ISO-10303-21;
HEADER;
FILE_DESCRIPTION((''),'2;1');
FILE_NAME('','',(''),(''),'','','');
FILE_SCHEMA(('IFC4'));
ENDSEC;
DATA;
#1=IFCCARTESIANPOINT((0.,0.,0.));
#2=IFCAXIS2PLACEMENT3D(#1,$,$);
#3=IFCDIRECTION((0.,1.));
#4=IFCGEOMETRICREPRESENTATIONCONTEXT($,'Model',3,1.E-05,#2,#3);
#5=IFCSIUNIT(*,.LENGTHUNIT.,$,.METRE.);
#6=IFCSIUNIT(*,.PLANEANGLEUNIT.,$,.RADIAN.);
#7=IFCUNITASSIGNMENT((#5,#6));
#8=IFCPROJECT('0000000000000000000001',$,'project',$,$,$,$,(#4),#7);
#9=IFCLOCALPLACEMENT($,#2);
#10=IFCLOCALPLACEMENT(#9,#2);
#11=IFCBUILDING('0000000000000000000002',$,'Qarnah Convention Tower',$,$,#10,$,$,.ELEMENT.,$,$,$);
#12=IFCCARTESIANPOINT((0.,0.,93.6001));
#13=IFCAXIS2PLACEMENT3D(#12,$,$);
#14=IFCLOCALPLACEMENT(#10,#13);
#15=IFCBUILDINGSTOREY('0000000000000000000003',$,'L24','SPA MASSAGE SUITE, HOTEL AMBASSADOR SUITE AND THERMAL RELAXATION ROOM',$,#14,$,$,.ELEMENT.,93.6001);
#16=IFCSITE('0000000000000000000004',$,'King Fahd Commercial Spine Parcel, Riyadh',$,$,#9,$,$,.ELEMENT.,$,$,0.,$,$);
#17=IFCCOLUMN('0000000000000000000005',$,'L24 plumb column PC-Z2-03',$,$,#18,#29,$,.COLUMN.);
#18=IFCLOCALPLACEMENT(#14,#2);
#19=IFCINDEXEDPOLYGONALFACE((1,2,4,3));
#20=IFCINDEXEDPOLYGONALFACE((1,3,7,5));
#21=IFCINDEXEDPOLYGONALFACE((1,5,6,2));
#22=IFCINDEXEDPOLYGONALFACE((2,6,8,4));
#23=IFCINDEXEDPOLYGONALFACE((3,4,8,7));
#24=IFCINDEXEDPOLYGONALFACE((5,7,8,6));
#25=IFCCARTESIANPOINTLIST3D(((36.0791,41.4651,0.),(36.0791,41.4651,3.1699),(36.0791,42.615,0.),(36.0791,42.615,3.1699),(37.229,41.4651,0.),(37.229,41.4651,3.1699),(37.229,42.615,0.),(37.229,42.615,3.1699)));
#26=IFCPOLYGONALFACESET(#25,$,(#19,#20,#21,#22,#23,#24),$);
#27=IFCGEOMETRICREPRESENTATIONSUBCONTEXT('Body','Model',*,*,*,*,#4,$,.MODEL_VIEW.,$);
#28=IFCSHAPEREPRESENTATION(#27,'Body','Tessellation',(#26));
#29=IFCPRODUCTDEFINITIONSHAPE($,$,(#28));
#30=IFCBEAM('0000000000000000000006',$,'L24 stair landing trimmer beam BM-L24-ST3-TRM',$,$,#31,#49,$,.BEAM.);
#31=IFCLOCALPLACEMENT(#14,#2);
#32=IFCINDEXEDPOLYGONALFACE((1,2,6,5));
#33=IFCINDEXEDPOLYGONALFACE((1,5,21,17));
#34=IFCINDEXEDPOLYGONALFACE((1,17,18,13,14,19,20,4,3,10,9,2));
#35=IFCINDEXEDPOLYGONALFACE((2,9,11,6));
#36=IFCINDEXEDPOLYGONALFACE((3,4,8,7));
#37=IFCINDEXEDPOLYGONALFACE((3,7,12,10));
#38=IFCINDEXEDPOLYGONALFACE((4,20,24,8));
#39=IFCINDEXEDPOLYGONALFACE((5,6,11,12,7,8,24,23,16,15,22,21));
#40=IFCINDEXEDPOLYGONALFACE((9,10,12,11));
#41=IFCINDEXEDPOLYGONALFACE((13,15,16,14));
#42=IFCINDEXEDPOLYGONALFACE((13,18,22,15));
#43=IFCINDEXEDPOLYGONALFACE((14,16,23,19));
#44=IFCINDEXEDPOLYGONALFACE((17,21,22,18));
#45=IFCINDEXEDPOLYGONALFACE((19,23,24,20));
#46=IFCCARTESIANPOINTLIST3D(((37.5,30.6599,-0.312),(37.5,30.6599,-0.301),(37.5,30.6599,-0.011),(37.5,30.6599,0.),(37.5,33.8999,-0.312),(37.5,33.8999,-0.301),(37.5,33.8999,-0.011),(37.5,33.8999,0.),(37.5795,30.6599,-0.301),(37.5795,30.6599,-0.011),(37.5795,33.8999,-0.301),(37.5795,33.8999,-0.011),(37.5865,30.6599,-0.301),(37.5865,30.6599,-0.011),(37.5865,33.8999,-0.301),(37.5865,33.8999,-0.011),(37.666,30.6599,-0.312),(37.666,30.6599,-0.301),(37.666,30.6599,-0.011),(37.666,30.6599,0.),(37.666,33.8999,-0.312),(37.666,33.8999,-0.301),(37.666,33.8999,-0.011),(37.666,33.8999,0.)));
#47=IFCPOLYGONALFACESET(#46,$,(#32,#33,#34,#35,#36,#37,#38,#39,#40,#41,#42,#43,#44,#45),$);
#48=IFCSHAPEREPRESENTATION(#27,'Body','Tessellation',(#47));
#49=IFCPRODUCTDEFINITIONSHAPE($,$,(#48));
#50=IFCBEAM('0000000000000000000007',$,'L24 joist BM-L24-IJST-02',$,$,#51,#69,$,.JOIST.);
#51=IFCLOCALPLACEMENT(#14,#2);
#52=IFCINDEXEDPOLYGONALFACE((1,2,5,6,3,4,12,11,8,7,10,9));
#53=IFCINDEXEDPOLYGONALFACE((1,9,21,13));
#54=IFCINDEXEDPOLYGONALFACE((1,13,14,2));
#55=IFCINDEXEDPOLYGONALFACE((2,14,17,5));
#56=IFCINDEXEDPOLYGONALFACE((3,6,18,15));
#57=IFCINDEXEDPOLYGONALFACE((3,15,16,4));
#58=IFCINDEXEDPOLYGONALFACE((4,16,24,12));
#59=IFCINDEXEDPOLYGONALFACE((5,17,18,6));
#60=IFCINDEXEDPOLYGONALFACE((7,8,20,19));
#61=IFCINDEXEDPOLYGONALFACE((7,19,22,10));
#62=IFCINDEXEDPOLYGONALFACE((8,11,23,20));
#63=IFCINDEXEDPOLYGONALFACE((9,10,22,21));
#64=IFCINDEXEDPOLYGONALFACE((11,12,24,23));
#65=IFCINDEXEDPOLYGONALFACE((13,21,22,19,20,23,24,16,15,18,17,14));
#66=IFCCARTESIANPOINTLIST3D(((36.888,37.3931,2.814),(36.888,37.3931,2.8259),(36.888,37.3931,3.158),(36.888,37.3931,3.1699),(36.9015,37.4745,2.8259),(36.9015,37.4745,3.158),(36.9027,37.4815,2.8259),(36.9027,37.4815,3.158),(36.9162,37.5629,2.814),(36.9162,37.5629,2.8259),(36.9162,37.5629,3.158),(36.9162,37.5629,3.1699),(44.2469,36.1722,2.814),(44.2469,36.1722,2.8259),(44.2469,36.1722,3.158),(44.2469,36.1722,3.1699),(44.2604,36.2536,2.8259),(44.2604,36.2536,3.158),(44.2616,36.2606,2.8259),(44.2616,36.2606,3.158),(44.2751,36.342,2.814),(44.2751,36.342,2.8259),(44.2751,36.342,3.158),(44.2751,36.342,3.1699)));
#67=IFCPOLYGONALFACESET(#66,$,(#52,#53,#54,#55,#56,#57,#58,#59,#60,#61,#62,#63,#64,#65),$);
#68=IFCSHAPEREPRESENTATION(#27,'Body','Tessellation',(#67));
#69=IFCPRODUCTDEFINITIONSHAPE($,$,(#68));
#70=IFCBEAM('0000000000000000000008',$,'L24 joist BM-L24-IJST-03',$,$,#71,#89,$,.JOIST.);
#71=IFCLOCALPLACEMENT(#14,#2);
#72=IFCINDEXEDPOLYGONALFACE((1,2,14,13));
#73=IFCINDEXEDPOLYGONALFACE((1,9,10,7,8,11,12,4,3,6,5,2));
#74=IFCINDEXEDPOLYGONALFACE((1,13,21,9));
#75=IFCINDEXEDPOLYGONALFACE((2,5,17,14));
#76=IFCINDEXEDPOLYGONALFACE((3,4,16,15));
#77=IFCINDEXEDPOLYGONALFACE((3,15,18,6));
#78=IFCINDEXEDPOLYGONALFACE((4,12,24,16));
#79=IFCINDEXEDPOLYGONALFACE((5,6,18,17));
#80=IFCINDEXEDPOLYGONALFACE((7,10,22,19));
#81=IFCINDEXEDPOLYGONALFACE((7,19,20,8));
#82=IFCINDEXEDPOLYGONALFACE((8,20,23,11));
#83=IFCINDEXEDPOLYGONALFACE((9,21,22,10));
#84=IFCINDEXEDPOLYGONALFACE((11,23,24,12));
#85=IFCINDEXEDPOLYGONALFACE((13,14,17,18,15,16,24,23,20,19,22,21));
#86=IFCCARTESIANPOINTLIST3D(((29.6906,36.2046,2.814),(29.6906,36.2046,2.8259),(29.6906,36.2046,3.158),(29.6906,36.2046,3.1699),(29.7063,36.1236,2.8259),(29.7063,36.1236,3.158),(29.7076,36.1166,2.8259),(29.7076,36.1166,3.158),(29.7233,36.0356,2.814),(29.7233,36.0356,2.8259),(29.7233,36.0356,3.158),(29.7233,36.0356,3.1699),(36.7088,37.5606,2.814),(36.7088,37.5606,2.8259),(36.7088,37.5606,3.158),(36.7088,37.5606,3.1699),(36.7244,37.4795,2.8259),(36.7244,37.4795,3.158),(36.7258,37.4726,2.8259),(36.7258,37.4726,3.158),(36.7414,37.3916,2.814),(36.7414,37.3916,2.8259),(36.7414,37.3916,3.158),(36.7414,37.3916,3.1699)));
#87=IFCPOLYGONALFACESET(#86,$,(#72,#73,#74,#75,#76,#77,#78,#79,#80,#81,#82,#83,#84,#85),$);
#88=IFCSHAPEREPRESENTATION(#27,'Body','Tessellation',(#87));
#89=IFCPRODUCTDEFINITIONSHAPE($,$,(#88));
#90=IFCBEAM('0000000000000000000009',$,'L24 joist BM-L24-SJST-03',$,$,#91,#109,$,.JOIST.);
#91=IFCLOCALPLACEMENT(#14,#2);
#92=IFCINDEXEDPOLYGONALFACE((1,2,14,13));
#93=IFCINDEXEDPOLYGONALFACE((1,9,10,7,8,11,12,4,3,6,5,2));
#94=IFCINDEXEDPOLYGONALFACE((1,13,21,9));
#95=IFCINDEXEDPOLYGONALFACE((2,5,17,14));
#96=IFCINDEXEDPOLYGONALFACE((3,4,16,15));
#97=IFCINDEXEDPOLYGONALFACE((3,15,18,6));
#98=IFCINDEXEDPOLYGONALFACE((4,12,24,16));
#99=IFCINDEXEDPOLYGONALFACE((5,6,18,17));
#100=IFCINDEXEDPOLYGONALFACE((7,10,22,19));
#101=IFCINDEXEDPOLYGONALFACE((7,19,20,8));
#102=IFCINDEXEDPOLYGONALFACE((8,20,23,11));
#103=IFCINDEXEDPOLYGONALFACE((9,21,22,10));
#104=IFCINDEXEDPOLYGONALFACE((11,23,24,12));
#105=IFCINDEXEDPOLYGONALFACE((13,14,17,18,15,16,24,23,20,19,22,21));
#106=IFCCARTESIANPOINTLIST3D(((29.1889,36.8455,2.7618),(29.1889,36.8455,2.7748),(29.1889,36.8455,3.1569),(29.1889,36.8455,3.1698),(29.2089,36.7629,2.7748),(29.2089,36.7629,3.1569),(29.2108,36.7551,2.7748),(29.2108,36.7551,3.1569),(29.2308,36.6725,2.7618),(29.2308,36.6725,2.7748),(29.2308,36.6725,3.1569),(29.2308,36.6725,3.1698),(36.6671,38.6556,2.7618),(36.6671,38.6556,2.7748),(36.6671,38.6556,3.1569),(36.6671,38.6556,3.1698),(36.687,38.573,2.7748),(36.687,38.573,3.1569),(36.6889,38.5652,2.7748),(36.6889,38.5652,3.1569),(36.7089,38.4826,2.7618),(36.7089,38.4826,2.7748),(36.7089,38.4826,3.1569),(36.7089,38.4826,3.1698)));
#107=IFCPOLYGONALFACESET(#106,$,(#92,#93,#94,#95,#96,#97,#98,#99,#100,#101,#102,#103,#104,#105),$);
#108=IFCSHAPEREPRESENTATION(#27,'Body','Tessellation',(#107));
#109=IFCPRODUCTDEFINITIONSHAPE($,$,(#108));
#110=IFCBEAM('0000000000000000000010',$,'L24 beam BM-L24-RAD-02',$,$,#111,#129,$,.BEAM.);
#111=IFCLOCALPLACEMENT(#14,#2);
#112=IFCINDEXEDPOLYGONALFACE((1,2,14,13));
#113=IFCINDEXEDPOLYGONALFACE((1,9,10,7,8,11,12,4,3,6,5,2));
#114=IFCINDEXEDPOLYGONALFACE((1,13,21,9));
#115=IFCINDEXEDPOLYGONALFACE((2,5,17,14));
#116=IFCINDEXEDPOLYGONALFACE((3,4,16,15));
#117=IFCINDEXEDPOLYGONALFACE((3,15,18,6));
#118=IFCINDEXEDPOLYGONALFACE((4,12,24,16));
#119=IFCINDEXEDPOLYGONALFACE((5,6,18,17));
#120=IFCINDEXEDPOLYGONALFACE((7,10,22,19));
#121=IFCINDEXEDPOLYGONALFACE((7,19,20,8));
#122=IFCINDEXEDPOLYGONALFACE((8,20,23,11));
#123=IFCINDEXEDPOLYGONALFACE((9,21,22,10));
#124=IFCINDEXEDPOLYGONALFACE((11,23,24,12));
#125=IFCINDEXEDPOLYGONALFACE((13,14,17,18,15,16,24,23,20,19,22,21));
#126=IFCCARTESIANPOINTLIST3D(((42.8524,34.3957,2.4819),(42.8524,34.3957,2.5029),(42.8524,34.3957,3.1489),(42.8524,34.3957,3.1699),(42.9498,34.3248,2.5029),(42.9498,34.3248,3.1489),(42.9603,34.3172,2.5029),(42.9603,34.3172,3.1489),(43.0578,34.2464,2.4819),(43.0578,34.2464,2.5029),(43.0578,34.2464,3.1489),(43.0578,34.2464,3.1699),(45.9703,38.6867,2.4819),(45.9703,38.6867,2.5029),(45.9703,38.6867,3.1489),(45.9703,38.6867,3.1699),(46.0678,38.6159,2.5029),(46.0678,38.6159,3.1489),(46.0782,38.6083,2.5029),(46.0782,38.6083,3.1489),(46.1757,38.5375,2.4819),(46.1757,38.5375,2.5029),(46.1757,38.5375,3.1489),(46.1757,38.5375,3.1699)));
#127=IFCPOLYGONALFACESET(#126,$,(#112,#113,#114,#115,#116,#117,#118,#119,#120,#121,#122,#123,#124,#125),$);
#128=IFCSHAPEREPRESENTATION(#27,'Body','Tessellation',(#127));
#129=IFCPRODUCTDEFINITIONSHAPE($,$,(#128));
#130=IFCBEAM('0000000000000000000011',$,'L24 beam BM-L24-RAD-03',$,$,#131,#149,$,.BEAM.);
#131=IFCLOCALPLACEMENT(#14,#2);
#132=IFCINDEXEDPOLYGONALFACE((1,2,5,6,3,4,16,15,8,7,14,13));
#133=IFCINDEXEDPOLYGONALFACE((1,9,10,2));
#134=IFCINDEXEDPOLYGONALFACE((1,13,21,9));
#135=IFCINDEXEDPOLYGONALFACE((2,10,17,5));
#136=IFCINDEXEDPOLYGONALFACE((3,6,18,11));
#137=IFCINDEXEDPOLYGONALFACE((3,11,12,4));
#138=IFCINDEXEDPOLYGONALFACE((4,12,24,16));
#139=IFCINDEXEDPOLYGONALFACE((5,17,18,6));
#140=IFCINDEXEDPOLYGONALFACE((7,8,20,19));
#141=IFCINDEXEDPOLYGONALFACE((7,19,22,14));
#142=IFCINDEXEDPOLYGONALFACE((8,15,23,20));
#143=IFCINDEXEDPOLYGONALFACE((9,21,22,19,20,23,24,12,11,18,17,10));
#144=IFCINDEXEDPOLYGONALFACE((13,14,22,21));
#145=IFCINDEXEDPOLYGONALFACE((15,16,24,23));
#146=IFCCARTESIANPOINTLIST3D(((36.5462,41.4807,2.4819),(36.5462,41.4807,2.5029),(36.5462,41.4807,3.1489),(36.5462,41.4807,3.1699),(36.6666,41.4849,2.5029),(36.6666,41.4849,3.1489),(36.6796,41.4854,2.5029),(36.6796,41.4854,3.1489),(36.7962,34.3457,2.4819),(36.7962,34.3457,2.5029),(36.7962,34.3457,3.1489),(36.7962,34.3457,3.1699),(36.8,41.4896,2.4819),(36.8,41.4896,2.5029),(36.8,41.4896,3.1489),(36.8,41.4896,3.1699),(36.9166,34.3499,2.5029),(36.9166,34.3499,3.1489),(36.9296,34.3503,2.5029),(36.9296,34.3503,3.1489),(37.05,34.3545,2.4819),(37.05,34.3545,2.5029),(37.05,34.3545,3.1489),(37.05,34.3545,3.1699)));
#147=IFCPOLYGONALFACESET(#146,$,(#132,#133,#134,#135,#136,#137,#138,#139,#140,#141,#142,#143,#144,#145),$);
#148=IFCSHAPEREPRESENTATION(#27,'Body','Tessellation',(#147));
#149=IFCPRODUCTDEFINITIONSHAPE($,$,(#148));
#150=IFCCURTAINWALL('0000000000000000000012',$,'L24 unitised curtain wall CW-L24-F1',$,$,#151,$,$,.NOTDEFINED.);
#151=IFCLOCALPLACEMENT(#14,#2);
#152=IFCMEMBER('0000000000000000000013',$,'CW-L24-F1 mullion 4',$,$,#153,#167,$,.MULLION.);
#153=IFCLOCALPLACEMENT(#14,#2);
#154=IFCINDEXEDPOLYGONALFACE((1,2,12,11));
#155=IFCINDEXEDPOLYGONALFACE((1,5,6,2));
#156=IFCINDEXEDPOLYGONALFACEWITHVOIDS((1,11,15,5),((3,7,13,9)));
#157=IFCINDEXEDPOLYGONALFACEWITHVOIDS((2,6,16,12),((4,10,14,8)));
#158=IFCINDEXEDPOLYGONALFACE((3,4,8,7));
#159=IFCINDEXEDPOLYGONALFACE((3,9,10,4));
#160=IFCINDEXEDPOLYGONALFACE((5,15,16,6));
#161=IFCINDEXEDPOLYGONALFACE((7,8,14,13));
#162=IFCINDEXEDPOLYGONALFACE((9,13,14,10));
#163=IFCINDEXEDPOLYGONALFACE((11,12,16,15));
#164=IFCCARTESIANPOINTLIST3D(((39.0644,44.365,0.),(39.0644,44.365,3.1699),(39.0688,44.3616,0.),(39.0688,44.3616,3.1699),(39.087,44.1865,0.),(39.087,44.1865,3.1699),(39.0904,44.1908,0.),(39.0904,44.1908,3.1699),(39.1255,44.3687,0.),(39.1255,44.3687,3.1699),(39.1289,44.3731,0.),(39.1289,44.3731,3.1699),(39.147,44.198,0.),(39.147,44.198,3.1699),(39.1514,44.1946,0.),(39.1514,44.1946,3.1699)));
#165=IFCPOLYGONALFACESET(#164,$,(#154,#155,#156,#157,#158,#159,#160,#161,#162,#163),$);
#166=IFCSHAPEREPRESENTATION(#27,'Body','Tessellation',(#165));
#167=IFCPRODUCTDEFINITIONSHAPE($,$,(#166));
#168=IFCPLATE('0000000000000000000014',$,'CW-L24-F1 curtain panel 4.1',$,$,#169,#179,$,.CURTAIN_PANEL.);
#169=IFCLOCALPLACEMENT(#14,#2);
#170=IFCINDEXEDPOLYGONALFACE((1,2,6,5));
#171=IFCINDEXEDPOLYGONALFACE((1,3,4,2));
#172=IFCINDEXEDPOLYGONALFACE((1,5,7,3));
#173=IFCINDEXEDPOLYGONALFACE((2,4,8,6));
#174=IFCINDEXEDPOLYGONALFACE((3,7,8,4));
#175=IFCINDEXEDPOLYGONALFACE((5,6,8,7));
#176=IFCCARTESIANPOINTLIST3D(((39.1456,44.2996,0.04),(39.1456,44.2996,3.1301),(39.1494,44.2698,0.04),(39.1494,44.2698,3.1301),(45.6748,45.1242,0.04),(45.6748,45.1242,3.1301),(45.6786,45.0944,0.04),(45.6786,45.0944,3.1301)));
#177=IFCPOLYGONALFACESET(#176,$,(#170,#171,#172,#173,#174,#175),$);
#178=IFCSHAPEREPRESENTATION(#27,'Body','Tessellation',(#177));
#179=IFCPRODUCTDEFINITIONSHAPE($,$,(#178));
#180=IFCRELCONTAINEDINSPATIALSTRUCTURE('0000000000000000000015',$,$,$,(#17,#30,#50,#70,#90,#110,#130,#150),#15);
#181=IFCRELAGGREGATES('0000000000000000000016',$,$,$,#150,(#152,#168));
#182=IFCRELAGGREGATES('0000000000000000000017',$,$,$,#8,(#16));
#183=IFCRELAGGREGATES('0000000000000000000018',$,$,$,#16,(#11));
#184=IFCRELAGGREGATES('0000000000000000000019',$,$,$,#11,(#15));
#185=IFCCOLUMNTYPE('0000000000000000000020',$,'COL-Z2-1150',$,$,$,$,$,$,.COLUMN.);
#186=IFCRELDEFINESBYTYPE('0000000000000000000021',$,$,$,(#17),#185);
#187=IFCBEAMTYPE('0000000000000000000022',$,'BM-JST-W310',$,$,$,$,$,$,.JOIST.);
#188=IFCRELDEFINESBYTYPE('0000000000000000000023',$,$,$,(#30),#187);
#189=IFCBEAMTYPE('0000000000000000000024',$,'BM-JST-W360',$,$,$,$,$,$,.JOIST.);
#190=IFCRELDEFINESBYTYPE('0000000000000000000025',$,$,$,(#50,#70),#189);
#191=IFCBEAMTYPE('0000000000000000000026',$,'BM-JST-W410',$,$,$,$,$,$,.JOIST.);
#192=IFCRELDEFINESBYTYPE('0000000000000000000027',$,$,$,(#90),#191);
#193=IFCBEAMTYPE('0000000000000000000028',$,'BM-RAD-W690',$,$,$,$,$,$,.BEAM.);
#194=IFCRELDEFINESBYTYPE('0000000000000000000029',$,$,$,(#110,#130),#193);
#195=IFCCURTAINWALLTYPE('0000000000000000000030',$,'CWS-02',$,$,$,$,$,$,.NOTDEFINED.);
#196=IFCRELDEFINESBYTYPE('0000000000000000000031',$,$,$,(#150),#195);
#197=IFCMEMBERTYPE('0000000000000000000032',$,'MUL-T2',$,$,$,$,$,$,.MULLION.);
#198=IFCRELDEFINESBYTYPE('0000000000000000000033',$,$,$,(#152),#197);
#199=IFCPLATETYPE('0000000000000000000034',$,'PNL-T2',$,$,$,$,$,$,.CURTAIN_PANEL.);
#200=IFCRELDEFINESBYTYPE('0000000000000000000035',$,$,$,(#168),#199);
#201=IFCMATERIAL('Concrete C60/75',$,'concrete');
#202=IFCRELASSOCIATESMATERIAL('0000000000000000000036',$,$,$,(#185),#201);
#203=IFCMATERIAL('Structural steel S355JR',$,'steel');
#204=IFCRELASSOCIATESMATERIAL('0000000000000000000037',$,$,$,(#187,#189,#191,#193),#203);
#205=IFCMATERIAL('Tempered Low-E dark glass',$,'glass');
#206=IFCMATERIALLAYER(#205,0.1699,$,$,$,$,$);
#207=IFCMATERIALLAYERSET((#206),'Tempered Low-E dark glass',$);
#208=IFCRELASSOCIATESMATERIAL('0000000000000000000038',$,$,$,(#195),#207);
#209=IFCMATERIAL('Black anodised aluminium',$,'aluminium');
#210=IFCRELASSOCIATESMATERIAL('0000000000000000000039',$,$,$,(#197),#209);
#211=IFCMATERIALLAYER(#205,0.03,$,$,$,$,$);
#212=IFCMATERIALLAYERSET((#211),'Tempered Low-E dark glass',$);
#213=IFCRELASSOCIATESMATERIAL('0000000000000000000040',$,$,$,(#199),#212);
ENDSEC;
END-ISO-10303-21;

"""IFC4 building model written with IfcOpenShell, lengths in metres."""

from ifc_helpers import new_model, si_unit, direction, frame, origin, origin_2d, place, context, subcontext, project, spatial, rectangle, hollow_rectangle, i_section, extrude, material, layer, layer_set, material_profile, profile_set, type_object, element, aggregate, save


model = new_model("IFC4")

# Units and contexts
model_context = context("Model", 3, precision=1e-05, world=origin(), true_north=direction((0.0, 1.0)))
body_context = subcontext(model_context, "Body", "Model", "MODEL_VIEW")
ifc_project = project(units=[si_unit("LENGTHUNIT", "METRE"), si_unit("PLANEANGLEUNIT", "RADIAN")], contexts=[model_context])

# Site, building, storey
site_placement = place(None, origin())
site = spatial("IfcSite", under=ifc_project, at=site_placement, Name="King Fahd Commercial Spine Parcel, Riyadh", CompositionType="ELEMENT", RefElevation=0.0)
building_placement = place(site_placement, origin())
building = spatial("IfcBuilding", under=site, at=building_placement, Name="Qarnah Convention Tower", CompositionType="ELEMENT")
storey_placement = place(building_placement, frame((0.0, 0.0, 93.6001)))
storey = spatial("IfcBuildingStorey", under=building, at=storey_placement, Name="L24", Description="SPA MASSAGE SUITE, HOTEL AMBASSADOR SUITE AND THERMAL RELAXATION ROOM", CompositionType="ELEMENT", Elevation=93.6001)

# Column
ifc_material_1 = material(Name="Concrete C60/75", Category="concrete")
ifc_material_profile_1 = material_profile(ifc_material_1, rectangle(XDim=1.1499, YDim=1.1499, at=origin_2d()), Name="RC-COL-1150X1150")
ifc_profile_set_1 = profile_set([ifc_material_profile_1], Name="Concrete C60/75")
column_type = type_object("IfcColumnType", Name="COL-Z2-1150", PredefinedType="COLUMN", material=ifc_profile_set_1)
column_placement = place(storey_placement, frame((36.6541, 42.04, 0.0), z_axis=(0.0, 0.0, 1.0), x_axis=(1.0, 0.0, 0.0)))
element("IfcColumn", 1, at=column_placement, inside=storey, type_object=column_type, Name="L24 plumb column PC-Z2-03", PredefinedType="COLUMN", context=body_context, shape_type="SweptSolid", body=[
    extrude(rectangle(XDim=1.1499, YDim=1.1499, at=origin_2d()), origin(), (0.0, 0.0, 1.0), 3.1699),
])

# Beams
ifc_material_2 = material(Name="Structural steel S355JR", Category="steel")
ifc_material_profile_2 = material_profile(ifc_material_2, i_section(OverallWidth=0.166, OverallDepth=0.312, WebThickness=0.0071, FlangeThickness=0.011, at=origin_2d()), Name="W310X45")
ifc_profile_set_2 = profile_set([ifc_material_profile_2], Name="Structural steel S355JR")
beam_type_1 = type_object("IfcBeamType", Name="BM-JST-W310", PredefinedType="JOIST", material=ifc_profile_set_2)
beam_1_placement = place(storey_placement, frame((37.583, 30.6599, -0.156), z_axis=(0.0, 1.0, 0.0), x_axis=(-1.0, 0.0, 0.0)))
element("IfcBeam", 2, at=beam_1_placement, inside=storey, type_object=beam_type_1, Name="L24 stair landing trimmer beam BM-L24-ST3-TRM", PredefinedType="BEAM", context=body_context, shape_type="SweptSolid", body=[
    extrude(i_section(OverallWidth=0.166, OverallDepth=0.312, WebThickness=0.0071, FlangeThickness=0.011, at=origin_2d()), origin(), (0.0, 0.0, 1.0), 3.24),
])
ifc_material_profile_3 = material_profile(ifc_material_2, i_section(OverallWidth=0.1721, OverallDepth=0.356, WebThickness=0.0071, FlangeThickness=0.012, at=origin_2d()), Name="W360X51")
ifc_profile_set_3 = profile_set([ifc_material_profile_3], Name="Structural steel S355JR")
beam_type_2 = type_object("IfcBeamType", Name="BM-JST-W360", PredefinedType="JOIST", material=ifc_profile_set_3)
beam_2_placement = place(storey_placement, frame((44.261, 36.2571, 2.9919), z_axis=(-0.986514, 0.163677, 0.0), x_axis=(-0.163677, -0.986514, 0.0)))
element("IfcBeam", 3, at=beam_2_placement, inside=storey, type_object=beam_type_2, Name="L24 joist BM-L24-IJST-02", PredefinedType="JOIST", context=body_context, shape_type="SweptSolid", body=[
    extrude(i_section(OverallWidth=0.1721, OverallDepth=0.356, WebThickness=0.0071, FlangeThickness=0.012, at=origin_2d()), origin(), (0.0, 0.0, 1.0), 7.4595),
])
beam_3_placement = place(storey_placement, frame((36.7251, 37.4761, 2.9919), z_axis=(-0.981842, -0.189701, 0.0), x_axis=(0.189701, -0.981842, 0.0)))
element("IfcBeam", 4, at=beam_3_placement, inside=storey, type_object=beam_type_2, Name="L24 joist BM-L24-IJST-03", PredefinedType="JOIST", context=body_context, shape_type="SweptSolid", body=[
    extrude(i_section(OverallWidth=0.1721, OverallDepth=0.356, WebThickness=0.0071, FlangeThickness=0.012, at=origin_2d()), origin(), (0.0, 0.0, 1.0), 7.1479),
])
ifc_material_profile_4 = material_profile(ifc_material_2, i_section(OverallWidth=0.178, OverallDepth=0.408, WebThickness=0.0081, FlangeThickness=0.0129, at=origin_2d()), Name="W410X60")
ifc_profile_set_4 = profile_set([ifc_material_profile_4], Name="Structural steel S355JR")
beam_type_3 = type_object("IfcBeamType", Name="BM-JST-W410", PredefinedType="JOIST", material=ifc_profile_set_4)
beam_4_placement = place(storey_placement, frame((36.688, 38.5691, 2.9658), z_axis=(-0.971933, -0.235257, 0.0), x_axis=(0.235257, -0.971933, 0.0)))
element("IfcBeam", 5, at=beam_4_placement, inside=storey, type_object=beam_type_3, Name="L24 joist BM-L24-SJST-03", PredefinedType="JOIST", context=body_context, shape_type="SweptSolid", body=[
    extrude(i_section(OverallWidth=0.178, OverallDepth=0.408, WebThickness=0.0081, FlangeThickness=0.0129, at=origin_2d()), origin(), (0.0, 0.0, 1.0), 7.6941),
])
ifc_material_profile_5 = material_profile(ifc_material_2, i_section(OverallWidth=0.2539, OverallDepth=0.688, WebThickness=0.0129, FlangeThickness=0.021, at=origin_2d()), Name="W690X152")
ifc_profile_set_5 = profile_set([ifc_material_profile_5], Name="Structural steel S355JR")
beam_type_4 = type_object("IfcBeamType", Name="BM-RAD-W690", PredefinedType="BEAM", material=ifc_profile_set_5)
beam_5_placement = place(storey_placement, frame((42.9551, 34.321, 2.8259), z_axis=(0.587824, 0.808989, 0.0), x_axis=(-0.808989, 0.587824, 0.0)))
element("IfcBeam", 6, at=beam_5_placement, inside=storey, type_object=beam_type_4, Name="L24 beam BM-L24-RAD-02", PredefinedType="BEAM", context=body_context, shape_type="SweptSolid", body=[
    extrude(i_section(OverallWidth=0.2539, OverallDepth=0.688, WebThickness=0.0129, FlangeThickness=0.021, at=origin_2d()), origin(), (0.0, 0.0, 1.0), 5.3042),
])
beam_6_placement = place(storey_placement, frame((36.9231, 34.3501, 2.8259), z_axis=(-0.035017, 0.999387, 0.0), x_axis=(-0.999387, -0.035017, 0.0)))
element("IfcBeam", 7, at=beam_6_placement, inside=storey, type_object=beam_type_4, Name="L24 beam BM-L24-RAD-03", PredefinedType="BEAM", context=body_context, shape_type="SweptSolid", body=[
    extrude(i_section(OverallWidth=0.2539, OverallDepth=0.688, WebThickness=0.0129, FlangeThickness=0.021, at=origin_2d()), origin(), (0.0, 0.0, 1.0), 7.1394),
])

# Curtain wall, member, plate
ifc_material_3 = material(Name="Tempered Low-E dark glass", Category="glass")
ifc_layer_1 = layer(ifc_material_3, 0.1699)
ifc_layer_set_1 = layer_set([ifc_layer_1], Name="Tempered Low-E dark glass")
curtain_wall_type = type_object("IfcCurtainWallType", Name="CWS-02", PredefinedType="NOTDEFINED", material=ifc_layer_set_1)
curtain_wall_placement = place(storey_placement, origin())
curtain_wall = element("IfcCurtainWall", 8, at=curtain_wall_placement, inside=storey, type_object=curtain_wall_type, Name="L24 unitised curtain wall CW-L24-F1", PredefinedType="NOTDEFINED")
ifc_material_4 = material(Name="Black anodised aluminium", Category="aluminium")
ifc_material_profile_6 = material_profile(ifc_material_4, hollow_rectangle(XDim=0.0649, YDim=0.1799, WallThickness=0.0039, at=origin_2d()), Name="MUL-65X180")
ifc_profile_set_6 = profile_set([ifc_material_profile_6], Name="Black anodised aluminium")
member_type = type_object("IfcMemberType", Name="MUL-T2", PredefinedType="MULLION", material=ifc_profile_set_6)
member_placement = place(storey_placement, frame((39.1079, 44.2798, 0.0), z_axis=(0.0, 0.0, 1.0), x_axis=(0.99212, 0.125295, 0.0)))
member = element("IfcMember", 9, at=member_placement, type_object=member_type, Name="CW-L24-F1 mullion 4", PredefinedType="MULLION", context=body_context, shape_type="SweptSolid", body=[
    extrude(hollow_rectangle(XDim=0.0649, YDim=0.1799, WallThickness=0.0039, at=origin_2d()), origin(), (0.0, 0.0, 1.0), 3.1699),
])
ifc_layer_2 = layer(ifc_material_3, 0.03)
ifc_layer_set_2 = layer_set([ifc_layer_2], Name="Tempered Low-E dark glass")
plate_type = type_object("IfcPlateType", Name="PNL-T2", PredefinedType="CURTAIN_PANEL", material=ifc_layer_set_2)
plate_placement = place(storey_placement, frame((42.4121, 44.697, 0.04), z_axis=(0.0, 0.0, 1.0), x_axis=(0.99212, 0.125295, 0.0)))
plate = element("IfcPlate", 10, at=plate_placement, type_object=plate_type, Name="CW-L24-F1 curtain panel 4.1", PredefinedType="CURTAIN_PANEL", context=body_context, shape_type="SweptSolid", body=[
    extrude(rectangle(XDim=6.5811, YDim=0.03, at=origin_2d()), origin(), (0.0, 0.0, 1.0), 3.0901),
])
aggregate(curtain_wall, [member, plate])

save(model, "model.ifc")
